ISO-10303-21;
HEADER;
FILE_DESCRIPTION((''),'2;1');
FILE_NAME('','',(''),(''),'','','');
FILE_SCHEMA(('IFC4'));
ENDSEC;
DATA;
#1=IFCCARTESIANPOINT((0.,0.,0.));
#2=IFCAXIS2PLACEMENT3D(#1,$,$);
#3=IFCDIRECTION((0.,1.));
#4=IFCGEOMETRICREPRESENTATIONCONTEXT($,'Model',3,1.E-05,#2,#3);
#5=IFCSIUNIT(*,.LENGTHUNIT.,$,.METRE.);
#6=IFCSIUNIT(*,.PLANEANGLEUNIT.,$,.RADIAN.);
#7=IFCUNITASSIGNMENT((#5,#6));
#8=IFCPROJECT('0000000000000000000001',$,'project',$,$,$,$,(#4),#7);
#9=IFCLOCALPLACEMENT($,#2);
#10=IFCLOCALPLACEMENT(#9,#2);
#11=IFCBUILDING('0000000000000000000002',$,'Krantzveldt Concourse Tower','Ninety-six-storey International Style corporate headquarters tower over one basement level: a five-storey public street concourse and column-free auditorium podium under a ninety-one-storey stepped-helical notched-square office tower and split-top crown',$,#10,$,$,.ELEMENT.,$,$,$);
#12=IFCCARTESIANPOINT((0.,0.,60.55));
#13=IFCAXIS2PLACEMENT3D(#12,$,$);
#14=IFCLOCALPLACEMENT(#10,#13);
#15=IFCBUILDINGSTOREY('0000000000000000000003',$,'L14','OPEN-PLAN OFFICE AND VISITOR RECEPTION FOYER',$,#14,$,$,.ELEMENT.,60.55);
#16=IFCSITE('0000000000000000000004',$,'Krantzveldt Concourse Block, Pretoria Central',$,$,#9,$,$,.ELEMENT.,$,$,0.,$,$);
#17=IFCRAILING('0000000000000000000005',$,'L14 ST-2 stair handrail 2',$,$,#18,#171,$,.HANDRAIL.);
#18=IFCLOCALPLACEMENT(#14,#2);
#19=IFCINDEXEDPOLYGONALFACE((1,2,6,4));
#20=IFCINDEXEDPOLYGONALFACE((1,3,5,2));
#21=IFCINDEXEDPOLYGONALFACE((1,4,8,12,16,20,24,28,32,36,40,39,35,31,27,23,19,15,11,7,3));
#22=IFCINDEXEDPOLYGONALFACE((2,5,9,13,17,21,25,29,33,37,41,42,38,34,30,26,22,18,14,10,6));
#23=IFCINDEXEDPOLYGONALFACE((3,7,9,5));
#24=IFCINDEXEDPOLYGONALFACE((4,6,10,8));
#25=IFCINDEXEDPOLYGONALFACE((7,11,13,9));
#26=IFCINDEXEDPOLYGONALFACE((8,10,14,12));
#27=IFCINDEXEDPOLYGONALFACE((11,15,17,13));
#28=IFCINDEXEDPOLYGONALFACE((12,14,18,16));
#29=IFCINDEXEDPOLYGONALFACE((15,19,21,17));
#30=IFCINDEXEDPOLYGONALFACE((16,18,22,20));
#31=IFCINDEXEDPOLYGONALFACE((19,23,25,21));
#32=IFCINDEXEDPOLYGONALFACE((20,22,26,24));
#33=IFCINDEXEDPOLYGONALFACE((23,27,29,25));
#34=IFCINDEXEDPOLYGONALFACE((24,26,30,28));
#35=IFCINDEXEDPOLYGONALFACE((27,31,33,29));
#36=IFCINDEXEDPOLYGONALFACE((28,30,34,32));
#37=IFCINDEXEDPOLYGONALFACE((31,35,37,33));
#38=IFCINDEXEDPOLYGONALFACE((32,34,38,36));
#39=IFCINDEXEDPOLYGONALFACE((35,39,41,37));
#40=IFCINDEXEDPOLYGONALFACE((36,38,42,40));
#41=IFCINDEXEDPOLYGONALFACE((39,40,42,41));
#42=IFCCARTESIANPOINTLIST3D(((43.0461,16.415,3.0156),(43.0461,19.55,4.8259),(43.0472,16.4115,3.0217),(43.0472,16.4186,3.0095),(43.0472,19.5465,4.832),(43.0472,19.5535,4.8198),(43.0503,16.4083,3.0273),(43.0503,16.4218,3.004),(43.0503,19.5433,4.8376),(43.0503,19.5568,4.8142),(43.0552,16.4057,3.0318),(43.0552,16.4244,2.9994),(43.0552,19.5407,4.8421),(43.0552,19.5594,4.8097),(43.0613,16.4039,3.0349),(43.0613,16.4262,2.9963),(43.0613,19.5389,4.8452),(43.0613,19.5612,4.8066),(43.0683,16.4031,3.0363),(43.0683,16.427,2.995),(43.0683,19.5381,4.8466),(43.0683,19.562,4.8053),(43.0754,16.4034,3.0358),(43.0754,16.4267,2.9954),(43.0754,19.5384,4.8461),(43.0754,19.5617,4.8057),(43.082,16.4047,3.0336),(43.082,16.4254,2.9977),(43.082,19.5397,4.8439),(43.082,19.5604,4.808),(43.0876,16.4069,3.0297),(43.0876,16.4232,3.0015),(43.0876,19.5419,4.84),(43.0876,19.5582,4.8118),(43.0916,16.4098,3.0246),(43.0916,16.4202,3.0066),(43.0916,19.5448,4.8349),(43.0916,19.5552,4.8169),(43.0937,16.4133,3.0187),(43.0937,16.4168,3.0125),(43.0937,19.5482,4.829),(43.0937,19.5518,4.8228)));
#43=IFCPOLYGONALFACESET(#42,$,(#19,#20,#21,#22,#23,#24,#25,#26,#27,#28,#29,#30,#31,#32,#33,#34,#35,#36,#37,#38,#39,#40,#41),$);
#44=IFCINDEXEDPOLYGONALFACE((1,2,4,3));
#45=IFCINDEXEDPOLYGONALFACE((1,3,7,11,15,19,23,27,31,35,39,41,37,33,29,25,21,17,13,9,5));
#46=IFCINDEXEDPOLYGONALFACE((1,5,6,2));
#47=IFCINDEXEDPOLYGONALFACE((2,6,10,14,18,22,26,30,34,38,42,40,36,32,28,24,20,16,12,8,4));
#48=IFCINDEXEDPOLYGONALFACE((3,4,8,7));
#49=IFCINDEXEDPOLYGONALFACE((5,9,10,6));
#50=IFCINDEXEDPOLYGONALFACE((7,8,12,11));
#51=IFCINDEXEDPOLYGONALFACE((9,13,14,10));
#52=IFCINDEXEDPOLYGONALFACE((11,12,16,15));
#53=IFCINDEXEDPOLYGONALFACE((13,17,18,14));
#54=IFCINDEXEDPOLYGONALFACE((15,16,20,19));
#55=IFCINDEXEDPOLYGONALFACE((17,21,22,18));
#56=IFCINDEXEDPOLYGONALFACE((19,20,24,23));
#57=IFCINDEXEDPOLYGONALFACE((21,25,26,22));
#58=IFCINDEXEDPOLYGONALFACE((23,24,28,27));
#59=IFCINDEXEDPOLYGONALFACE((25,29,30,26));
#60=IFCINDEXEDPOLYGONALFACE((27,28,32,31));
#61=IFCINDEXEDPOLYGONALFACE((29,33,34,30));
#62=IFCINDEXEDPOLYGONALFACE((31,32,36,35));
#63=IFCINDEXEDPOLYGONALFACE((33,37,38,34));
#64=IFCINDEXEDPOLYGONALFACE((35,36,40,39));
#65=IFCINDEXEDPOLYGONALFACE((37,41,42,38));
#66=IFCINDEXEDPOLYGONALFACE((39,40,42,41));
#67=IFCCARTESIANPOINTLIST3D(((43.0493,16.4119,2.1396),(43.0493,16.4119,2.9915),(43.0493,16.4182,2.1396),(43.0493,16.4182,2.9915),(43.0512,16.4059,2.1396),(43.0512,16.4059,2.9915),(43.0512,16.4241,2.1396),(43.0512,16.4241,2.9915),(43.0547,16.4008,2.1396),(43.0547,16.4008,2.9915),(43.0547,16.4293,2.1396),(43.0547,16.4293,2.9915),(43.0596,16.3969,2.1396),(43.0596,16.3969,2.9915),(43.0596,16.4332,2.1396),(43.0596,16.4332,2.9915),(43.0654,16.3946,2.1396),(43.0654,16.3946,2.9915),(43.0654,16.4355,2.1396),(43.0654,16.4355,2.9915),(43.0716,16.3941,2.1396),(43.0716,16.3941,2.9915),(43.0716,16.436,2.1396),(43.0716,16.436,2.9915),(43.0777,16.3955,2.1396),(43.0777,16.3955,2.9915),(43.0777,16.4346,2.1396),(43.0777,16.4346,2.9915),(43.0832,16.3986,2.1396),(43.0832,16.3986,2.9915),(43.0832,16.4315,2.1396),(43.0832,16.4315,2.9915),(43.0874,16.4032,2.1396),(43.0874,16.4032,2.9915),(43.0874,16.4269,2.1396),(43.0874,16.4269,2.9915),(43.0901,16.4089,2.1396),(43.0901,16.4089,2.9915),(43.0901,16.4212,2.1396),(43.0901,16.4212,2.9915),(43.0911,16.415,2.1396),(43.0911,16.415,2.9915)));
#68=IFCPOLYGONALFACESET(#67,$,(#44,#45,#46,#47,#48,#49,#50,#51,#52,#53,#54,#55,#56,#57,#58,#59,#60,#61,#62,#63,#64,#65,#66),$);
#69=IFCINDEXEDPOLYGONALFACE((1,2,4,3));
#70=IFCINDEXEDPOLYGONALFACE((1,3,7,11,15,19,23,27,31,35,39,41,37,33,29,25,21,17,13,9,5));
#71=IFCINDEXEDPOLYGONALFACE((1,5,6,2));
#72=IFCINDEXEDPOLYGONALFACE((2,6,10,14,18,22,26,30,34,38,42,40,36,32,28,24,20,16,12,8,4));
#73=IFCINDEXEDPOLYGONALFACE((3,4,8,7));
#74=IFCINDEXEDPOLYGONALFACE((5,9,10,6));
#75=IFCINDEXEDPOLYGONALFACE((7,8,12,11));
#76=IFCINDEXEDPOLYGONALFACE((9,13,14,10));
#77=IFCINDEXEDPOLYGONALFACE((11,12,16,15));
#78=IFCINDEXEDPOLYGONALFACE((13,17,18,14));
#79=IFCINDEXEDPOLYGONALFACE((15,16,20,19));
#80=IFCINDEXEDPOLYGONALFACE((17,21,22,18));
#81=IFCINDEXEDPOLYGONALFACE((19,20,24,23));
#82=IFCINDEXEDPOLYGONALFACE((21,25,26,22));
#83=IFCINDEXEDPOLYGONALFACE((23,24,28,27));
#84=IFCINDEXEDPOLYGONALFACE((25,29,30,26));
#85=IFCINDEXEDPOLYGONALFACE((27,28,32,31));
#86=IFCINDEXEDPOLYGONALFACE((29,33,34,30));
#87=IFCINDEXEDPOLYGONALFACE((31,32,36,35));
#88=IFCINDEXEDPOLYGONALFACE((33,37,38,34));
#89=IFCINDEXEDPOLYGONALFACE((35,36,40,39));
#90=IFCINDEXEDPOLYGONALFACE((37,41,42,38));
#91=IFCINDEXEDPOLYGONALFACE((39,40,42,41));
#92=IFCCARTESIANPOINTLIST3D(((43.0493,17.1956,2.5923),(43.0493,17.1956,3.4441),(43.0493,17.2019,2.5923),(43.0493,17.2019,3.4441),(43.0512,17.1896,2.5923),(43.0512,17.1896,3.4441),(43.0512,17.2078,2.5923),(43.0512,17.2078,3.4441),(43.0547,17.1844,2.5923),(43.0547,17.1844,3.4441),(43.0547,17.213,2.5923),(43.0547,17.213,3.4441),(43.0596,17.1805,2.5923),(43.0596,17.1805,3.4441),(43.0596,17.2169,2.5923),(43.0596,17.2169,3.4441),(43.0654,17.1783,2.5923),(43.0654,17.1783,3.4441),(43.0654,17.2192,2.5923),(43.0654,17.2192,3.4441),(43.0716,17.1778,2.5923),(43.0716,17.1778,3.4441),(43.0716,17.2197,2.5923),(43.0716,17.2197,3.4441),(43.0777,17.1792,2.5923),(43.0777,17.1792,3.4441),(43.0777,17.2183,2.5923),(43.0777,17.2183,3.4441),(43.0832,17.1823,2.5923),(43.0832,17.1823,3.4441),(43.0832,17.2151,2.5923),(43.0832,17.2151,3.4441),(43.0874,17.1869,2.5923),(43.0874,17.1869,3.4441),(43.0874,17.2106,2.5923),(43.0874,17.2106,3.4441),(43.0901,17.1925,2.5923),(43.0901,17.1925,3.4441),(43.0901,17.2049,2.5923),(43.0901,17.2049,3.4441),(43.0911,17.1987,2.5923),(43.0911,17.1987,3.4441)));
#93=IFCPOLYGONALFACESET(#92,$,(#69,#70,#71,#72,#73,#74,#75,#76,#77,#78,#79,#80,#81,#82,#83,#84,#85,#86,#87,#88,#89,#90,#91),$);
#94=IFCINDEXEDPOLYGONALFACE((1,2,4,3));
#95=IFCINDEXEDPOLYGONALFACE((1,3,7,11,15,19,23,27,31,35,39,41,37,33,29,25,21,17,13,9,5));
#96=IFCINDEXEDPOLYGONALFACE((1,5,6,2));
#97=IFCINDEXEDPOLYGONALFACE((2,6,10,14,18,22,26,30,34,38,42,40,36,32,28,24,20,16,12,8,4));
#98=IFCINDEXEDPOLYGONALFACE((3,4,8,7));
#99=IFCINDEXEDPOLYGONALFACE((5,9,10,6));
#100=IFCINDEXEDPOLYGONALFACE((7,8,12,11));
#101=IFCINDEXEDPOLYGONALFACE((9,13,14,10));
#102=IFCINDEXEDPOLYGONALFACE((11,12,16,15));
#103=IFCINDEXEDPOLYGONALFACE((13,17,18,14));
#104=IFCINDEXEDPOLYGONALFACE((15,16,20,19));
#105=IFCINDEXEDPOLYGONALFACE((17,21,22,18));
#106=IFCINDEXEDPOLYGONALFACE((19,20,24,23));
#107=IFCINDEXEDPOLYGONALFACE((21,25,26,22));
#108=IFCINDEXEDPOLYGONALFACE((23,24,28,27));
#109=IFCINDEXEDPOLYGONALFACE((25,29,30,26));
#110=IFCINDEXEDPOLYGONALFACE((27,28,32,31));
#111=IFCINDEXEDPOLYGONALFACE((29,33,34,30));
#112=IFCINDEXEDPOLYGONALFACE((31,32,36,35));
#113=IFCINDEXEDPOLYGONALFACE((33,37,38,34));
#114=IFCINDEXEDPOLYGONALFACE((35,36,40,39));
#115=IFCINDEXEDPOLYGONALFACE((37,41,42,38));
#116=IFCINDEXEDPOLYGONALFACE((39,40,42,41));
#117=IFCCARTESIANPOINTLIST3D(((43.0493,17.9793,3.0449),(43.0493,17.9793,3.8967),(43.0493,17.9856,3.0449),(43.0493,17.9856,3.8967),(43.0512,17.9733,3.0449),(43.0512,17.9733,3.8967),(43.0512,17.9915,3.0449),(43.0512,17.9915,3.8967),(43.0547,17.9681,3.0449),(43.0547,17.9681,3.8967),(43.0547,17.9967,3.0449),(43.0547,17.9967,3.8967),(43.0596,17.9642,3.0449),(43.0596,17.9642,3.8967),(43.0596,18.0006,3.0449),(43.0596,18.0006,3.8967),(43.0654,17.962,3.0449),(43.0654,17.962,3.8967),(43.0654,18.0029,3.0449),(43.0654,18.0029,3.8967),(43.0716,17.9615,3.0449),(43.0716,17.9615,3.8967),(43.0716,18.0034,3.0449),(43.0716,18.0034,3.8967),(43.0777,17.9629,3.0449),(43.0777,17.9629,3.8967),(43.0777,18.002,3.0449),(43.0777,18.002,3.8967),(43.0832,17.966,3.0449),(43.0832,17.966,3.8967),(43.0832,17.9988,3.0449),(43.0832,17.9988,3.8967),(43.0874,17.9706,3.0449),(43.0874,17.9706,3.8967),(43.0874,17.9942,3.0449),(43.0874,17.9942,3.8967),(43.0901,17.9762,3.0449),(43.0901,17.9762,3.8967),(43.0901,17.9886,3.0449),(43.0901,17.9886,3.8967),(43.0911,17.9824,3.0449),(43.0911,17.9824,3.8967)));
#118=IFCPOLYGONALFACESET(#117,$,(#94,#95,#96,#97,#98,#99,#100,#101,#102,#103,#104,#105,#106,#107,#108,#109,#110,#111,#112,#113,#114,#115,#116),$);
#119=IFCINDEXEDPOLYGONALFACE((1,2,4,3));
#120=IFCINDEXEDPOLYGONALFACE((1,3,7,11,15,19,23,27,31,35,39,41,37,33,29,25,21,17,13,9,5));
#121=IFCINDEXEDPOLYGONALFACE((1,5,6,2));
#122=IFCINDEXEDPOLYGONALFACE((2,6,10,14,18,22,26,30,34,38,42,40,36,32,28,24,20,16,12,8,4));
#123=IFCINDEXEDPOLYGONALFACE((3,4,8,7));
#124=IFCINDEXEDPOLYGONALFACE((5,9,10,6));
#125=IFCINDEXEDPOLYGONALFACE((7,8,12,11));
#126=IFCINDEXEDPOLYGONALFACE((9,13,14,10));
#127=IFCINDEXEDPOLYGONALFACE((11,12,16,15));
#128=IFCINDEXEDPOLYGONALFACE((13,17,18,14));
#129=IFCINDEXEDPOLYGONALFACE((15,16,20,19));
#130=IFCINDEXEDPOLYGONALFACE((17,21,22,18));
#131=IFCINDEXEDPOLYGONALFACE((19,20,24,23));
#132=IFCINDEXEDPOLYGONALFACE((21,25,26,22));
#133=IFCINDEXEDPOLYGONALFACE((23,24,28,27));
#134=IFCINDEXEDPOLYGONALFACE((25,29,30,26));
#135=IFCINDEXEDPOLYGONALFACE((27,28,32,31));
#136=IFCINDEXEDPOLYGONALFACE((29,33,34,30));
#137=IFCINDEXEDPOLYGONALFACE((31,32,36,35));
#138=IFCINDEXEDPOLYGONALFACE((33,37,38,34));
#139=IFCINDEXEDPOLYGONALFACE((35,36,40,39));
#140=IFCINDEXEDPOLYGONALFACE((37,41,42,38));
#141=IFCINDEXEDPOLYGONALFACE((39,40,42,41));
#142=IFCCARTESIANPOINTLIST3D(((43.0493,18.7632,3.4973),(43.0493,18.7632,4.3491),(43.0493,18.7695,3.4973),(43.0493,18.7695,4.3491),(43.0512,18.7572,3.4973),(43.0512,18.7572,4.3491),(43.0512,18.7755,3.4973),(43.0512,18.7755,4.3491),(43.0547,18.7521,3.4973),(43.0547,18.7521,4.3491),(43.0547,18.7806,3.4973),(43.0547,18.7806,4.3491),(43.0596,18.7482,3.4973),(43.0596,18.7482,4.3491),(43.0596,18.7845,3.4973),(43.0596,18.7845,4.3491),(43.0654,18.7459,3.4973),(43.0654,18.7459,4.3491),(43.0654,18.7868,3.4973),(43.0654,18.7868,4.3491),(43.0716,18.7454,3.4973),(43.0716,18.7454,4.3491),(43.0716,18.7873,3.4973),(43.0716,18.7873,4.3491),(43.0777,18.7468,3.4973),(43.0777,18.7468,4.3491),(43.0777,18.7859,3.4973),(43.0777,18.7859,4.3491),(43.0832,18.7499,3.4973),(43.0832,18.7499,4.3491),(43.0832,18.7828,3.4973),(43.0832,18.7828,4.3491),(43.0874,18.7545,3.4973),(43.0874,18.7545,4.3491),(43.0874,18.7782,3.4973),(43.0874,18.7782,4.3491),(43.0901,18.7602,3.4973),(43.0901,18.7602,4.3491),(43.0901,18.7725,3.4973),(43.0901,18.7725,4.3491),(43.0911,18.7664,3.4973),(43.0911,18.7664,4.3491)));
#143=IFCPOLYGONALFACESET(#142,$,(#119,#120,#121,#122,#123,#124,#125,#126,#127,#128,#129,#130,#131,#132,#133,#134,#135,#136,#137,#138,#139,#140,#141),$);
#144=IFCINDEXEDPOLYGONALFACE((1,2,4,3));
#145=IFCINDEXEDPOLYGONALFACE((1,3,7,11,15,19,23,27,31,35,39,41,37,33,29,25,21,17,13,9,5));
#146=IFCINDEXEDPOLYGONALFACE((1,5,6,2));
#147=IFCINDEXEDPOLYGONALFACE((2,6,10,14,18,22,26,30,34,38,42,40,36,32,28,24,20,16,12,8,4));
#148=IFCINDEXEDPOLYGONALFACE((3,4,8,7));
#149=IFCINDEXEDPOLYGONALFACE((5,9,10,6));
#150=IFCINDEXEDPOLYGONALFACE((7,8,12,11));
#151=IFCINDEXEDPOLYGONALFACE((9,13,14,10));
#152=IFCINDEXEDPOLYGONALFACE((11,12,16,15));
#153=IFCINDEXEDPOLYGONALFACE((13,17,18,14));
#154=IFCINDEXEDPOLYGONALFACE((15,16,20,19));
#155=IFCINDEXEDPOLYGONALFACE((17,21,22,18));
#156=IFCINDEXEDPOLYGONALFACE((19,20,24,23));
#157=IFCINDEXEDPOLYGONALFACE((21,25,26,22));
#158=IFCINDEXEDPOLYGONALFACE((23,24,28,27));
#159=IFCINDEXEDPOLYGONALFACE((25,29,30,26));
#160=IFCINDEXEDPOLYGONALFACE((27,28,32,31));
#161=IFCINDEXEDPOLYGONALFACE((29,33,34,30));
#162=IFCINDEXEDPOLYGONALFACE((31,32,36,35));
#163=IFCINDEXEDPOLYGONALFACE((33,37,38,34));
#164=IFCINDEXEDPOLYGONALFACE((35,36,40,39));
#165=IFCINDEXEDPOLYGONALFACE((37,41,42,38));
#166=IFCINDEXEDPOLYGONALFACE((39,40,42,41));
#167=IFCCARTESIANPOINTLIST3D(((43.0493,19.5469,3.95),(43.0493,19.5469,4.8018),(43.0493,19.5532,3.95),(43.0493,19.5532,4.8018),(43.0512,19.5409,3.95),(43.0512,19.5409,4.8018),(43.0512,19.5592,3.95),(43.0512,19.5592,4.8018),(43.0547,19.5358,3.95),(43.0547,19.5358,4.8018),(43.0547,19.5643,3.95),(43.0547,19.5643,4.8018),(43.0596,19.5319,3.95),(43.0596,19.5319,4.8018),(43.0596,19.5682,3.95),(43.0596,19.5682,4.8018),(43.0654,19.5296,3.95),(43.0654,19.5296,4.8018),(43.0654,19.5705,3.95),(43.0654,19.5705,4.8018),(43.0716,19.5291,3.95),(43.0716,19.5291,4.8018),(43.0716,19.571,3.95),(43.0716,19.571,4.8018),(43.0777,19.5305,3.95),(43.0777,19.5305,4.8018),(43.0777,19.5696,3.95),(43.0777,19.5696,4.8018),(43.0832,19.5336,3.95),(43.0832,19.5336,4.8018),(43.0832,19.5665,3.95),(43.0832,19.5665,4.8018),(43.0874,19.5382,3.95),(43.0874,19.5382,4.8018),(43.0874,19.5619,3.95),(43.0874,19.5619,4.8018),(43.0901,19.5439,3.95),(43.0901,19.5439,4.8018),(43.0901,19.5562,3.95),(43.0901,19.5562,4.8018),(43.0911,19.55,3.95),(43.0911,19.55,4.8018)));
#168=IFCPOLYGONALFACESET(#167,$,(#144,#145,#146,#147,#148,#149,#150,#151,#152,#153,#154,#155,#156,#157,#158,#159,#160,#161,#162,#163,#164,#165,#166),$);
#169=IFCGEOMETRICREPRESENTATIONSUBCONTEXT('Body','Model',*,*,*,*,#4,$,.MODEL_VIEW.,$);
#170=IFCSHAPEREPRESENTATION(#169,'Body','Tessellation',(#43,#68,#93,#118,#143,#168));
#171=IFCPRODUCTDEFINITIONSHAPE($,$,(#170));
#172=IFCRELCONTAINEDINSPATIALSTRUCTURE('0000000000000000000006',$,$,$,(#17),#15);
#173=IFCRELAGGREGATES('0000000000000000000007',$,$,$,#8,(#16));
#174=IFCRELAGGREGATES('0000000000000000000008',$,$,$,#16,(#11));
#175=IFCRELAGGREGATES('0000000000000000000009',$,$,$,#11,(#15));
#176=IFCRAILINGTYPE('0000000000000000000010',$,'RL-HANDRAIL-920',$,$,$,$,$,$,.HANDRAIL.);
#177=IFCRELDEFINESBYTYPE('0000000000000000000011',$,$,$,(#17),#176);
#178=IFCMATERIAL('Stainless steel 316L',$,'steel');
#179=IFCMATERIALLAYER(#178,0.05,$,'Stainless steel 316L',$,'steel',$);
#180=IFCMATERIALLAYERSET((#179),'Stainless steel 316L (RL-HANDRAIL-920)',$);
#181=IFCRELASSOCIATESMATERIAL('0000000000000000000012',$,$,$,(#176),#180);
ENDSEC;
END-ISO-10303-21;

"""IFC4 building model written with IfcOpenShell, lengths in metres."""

from ifc_helpers import new_model, si_unit, direction, frame, origin, origin_2d, place, context, subcontext, project, spatial, circle, extrude, material, layer, layer_set, type_object, element, save


model = new_model("IFC4")

# Units and contexts
model_context = context("Model", 3, precision=1e-05, world=origin(), true_north=direction((0.0, 1.0)))
body_context = subcontext(model_context, "Body", "Model", "MODEL_VIEW")
ifc_project = project(units=[si_unit("LENGTHUNIT", "METRE"), si_unit("PLANEANGLEUNIT", "RADIAN")], contexts=[model_context])

# Site, building, storey
site_placement = place(None, origin())
site = spatial("IfcSite", under=ifc_project, at=site_placement, Name="Krantzveldt Concourse Block, Pretoria Central", CompositionType="ELEMENT", RefElevation=0.0)
building_placement = place(site_placement, origin())
building = spatial("IfcBuilding", under=site, at=building_placement, Name="Krantzveldt Concourse Tower", Description="Ninety-six-storey International Style corporate headquarters tower over one basement level: a five-storey public street concourse and column-free auditorium podium under a ninety-one-storey stepped-helical notched-square office tower and split-top crown", CompositionType="ELEMENT")
storey_placement = place(building_placement, frame((0.0, 0.0, 60.55)))
storey = spatial("IfcBuildingStorey", under=building, at=storey_placement, Name="L14", Description="OPEN-PLAN OFFICE AND VISITOR RECEPTION FOYER", CompositionType="ELEMENT", Elevation=60.55)

# Shared definitions
ifc_material_1 = material(Name="Stainless steel 316L", Category="steel")

# Railing
ifc_layer_1 = layer(ifc_material_1, 0.05, Name="Stainless steel 316L", Category="steel")
ifc_layer_set_1 = layer_set([ifc_layer_1], Name="Stainless steel 316L (RL-HANDRAIL-920)")
railing_type_1 = type_object("IfcRailingType", Name="RL-HANDRAIL-920", PredefinedType="HANDRAIL", material=ifc_layer_set_1)
railing_1_placement = place(storey_placement, frame((43.0701, 16.415, 2.1396)))
element("IfcRailing", 1, at=railing_1_placement, inside=storey, type_object=railing_type_1, Name="L14 ST-2 stair handrail 2", PredefinedType="HANDRAIL", context=body_context, shape_type="SweptSolid", body=[
    extrude(circle(Radius=0.0239, at=origin_2d()), frame((0.0, 0.0, 0.876), z_axis=(0.0, 0.865989, 0.500063), x_axis=(-1.0, 0.0, 0.0)), (0.0, 0.0, 1.0), 3.6201),
    extrude(circle(Radius=0.021, at=origin_2d()), origin(), (0.0, 0.0, 1.0), 0.8518),
    extrude(circle(Radius=0.021, at=origin_2d()), frame((0.0, 0.7837, 0.4526)), (0.0, 0.0, 1.0), 0.8518),
    extrude(circle(Radius=0.021, at=origin_2d()), frame((0.0, 1.5674, 0.9053)), (0.0, 0.0, 1.0), 0.8518),
    extrude(circle(Radius=0.021, at=origin_2d()), frame((0.0, 2.3513, 1.3577)), (0.0, 0.0, 1.0), 0.8518),
    extrude(circle(Radius=0.021, at=origin_2d()), frame((0.0, 3.135, 1.8103)), (0.0, 0.0, 1.0), 0.8518),
])

save(model, "model.ifc")
